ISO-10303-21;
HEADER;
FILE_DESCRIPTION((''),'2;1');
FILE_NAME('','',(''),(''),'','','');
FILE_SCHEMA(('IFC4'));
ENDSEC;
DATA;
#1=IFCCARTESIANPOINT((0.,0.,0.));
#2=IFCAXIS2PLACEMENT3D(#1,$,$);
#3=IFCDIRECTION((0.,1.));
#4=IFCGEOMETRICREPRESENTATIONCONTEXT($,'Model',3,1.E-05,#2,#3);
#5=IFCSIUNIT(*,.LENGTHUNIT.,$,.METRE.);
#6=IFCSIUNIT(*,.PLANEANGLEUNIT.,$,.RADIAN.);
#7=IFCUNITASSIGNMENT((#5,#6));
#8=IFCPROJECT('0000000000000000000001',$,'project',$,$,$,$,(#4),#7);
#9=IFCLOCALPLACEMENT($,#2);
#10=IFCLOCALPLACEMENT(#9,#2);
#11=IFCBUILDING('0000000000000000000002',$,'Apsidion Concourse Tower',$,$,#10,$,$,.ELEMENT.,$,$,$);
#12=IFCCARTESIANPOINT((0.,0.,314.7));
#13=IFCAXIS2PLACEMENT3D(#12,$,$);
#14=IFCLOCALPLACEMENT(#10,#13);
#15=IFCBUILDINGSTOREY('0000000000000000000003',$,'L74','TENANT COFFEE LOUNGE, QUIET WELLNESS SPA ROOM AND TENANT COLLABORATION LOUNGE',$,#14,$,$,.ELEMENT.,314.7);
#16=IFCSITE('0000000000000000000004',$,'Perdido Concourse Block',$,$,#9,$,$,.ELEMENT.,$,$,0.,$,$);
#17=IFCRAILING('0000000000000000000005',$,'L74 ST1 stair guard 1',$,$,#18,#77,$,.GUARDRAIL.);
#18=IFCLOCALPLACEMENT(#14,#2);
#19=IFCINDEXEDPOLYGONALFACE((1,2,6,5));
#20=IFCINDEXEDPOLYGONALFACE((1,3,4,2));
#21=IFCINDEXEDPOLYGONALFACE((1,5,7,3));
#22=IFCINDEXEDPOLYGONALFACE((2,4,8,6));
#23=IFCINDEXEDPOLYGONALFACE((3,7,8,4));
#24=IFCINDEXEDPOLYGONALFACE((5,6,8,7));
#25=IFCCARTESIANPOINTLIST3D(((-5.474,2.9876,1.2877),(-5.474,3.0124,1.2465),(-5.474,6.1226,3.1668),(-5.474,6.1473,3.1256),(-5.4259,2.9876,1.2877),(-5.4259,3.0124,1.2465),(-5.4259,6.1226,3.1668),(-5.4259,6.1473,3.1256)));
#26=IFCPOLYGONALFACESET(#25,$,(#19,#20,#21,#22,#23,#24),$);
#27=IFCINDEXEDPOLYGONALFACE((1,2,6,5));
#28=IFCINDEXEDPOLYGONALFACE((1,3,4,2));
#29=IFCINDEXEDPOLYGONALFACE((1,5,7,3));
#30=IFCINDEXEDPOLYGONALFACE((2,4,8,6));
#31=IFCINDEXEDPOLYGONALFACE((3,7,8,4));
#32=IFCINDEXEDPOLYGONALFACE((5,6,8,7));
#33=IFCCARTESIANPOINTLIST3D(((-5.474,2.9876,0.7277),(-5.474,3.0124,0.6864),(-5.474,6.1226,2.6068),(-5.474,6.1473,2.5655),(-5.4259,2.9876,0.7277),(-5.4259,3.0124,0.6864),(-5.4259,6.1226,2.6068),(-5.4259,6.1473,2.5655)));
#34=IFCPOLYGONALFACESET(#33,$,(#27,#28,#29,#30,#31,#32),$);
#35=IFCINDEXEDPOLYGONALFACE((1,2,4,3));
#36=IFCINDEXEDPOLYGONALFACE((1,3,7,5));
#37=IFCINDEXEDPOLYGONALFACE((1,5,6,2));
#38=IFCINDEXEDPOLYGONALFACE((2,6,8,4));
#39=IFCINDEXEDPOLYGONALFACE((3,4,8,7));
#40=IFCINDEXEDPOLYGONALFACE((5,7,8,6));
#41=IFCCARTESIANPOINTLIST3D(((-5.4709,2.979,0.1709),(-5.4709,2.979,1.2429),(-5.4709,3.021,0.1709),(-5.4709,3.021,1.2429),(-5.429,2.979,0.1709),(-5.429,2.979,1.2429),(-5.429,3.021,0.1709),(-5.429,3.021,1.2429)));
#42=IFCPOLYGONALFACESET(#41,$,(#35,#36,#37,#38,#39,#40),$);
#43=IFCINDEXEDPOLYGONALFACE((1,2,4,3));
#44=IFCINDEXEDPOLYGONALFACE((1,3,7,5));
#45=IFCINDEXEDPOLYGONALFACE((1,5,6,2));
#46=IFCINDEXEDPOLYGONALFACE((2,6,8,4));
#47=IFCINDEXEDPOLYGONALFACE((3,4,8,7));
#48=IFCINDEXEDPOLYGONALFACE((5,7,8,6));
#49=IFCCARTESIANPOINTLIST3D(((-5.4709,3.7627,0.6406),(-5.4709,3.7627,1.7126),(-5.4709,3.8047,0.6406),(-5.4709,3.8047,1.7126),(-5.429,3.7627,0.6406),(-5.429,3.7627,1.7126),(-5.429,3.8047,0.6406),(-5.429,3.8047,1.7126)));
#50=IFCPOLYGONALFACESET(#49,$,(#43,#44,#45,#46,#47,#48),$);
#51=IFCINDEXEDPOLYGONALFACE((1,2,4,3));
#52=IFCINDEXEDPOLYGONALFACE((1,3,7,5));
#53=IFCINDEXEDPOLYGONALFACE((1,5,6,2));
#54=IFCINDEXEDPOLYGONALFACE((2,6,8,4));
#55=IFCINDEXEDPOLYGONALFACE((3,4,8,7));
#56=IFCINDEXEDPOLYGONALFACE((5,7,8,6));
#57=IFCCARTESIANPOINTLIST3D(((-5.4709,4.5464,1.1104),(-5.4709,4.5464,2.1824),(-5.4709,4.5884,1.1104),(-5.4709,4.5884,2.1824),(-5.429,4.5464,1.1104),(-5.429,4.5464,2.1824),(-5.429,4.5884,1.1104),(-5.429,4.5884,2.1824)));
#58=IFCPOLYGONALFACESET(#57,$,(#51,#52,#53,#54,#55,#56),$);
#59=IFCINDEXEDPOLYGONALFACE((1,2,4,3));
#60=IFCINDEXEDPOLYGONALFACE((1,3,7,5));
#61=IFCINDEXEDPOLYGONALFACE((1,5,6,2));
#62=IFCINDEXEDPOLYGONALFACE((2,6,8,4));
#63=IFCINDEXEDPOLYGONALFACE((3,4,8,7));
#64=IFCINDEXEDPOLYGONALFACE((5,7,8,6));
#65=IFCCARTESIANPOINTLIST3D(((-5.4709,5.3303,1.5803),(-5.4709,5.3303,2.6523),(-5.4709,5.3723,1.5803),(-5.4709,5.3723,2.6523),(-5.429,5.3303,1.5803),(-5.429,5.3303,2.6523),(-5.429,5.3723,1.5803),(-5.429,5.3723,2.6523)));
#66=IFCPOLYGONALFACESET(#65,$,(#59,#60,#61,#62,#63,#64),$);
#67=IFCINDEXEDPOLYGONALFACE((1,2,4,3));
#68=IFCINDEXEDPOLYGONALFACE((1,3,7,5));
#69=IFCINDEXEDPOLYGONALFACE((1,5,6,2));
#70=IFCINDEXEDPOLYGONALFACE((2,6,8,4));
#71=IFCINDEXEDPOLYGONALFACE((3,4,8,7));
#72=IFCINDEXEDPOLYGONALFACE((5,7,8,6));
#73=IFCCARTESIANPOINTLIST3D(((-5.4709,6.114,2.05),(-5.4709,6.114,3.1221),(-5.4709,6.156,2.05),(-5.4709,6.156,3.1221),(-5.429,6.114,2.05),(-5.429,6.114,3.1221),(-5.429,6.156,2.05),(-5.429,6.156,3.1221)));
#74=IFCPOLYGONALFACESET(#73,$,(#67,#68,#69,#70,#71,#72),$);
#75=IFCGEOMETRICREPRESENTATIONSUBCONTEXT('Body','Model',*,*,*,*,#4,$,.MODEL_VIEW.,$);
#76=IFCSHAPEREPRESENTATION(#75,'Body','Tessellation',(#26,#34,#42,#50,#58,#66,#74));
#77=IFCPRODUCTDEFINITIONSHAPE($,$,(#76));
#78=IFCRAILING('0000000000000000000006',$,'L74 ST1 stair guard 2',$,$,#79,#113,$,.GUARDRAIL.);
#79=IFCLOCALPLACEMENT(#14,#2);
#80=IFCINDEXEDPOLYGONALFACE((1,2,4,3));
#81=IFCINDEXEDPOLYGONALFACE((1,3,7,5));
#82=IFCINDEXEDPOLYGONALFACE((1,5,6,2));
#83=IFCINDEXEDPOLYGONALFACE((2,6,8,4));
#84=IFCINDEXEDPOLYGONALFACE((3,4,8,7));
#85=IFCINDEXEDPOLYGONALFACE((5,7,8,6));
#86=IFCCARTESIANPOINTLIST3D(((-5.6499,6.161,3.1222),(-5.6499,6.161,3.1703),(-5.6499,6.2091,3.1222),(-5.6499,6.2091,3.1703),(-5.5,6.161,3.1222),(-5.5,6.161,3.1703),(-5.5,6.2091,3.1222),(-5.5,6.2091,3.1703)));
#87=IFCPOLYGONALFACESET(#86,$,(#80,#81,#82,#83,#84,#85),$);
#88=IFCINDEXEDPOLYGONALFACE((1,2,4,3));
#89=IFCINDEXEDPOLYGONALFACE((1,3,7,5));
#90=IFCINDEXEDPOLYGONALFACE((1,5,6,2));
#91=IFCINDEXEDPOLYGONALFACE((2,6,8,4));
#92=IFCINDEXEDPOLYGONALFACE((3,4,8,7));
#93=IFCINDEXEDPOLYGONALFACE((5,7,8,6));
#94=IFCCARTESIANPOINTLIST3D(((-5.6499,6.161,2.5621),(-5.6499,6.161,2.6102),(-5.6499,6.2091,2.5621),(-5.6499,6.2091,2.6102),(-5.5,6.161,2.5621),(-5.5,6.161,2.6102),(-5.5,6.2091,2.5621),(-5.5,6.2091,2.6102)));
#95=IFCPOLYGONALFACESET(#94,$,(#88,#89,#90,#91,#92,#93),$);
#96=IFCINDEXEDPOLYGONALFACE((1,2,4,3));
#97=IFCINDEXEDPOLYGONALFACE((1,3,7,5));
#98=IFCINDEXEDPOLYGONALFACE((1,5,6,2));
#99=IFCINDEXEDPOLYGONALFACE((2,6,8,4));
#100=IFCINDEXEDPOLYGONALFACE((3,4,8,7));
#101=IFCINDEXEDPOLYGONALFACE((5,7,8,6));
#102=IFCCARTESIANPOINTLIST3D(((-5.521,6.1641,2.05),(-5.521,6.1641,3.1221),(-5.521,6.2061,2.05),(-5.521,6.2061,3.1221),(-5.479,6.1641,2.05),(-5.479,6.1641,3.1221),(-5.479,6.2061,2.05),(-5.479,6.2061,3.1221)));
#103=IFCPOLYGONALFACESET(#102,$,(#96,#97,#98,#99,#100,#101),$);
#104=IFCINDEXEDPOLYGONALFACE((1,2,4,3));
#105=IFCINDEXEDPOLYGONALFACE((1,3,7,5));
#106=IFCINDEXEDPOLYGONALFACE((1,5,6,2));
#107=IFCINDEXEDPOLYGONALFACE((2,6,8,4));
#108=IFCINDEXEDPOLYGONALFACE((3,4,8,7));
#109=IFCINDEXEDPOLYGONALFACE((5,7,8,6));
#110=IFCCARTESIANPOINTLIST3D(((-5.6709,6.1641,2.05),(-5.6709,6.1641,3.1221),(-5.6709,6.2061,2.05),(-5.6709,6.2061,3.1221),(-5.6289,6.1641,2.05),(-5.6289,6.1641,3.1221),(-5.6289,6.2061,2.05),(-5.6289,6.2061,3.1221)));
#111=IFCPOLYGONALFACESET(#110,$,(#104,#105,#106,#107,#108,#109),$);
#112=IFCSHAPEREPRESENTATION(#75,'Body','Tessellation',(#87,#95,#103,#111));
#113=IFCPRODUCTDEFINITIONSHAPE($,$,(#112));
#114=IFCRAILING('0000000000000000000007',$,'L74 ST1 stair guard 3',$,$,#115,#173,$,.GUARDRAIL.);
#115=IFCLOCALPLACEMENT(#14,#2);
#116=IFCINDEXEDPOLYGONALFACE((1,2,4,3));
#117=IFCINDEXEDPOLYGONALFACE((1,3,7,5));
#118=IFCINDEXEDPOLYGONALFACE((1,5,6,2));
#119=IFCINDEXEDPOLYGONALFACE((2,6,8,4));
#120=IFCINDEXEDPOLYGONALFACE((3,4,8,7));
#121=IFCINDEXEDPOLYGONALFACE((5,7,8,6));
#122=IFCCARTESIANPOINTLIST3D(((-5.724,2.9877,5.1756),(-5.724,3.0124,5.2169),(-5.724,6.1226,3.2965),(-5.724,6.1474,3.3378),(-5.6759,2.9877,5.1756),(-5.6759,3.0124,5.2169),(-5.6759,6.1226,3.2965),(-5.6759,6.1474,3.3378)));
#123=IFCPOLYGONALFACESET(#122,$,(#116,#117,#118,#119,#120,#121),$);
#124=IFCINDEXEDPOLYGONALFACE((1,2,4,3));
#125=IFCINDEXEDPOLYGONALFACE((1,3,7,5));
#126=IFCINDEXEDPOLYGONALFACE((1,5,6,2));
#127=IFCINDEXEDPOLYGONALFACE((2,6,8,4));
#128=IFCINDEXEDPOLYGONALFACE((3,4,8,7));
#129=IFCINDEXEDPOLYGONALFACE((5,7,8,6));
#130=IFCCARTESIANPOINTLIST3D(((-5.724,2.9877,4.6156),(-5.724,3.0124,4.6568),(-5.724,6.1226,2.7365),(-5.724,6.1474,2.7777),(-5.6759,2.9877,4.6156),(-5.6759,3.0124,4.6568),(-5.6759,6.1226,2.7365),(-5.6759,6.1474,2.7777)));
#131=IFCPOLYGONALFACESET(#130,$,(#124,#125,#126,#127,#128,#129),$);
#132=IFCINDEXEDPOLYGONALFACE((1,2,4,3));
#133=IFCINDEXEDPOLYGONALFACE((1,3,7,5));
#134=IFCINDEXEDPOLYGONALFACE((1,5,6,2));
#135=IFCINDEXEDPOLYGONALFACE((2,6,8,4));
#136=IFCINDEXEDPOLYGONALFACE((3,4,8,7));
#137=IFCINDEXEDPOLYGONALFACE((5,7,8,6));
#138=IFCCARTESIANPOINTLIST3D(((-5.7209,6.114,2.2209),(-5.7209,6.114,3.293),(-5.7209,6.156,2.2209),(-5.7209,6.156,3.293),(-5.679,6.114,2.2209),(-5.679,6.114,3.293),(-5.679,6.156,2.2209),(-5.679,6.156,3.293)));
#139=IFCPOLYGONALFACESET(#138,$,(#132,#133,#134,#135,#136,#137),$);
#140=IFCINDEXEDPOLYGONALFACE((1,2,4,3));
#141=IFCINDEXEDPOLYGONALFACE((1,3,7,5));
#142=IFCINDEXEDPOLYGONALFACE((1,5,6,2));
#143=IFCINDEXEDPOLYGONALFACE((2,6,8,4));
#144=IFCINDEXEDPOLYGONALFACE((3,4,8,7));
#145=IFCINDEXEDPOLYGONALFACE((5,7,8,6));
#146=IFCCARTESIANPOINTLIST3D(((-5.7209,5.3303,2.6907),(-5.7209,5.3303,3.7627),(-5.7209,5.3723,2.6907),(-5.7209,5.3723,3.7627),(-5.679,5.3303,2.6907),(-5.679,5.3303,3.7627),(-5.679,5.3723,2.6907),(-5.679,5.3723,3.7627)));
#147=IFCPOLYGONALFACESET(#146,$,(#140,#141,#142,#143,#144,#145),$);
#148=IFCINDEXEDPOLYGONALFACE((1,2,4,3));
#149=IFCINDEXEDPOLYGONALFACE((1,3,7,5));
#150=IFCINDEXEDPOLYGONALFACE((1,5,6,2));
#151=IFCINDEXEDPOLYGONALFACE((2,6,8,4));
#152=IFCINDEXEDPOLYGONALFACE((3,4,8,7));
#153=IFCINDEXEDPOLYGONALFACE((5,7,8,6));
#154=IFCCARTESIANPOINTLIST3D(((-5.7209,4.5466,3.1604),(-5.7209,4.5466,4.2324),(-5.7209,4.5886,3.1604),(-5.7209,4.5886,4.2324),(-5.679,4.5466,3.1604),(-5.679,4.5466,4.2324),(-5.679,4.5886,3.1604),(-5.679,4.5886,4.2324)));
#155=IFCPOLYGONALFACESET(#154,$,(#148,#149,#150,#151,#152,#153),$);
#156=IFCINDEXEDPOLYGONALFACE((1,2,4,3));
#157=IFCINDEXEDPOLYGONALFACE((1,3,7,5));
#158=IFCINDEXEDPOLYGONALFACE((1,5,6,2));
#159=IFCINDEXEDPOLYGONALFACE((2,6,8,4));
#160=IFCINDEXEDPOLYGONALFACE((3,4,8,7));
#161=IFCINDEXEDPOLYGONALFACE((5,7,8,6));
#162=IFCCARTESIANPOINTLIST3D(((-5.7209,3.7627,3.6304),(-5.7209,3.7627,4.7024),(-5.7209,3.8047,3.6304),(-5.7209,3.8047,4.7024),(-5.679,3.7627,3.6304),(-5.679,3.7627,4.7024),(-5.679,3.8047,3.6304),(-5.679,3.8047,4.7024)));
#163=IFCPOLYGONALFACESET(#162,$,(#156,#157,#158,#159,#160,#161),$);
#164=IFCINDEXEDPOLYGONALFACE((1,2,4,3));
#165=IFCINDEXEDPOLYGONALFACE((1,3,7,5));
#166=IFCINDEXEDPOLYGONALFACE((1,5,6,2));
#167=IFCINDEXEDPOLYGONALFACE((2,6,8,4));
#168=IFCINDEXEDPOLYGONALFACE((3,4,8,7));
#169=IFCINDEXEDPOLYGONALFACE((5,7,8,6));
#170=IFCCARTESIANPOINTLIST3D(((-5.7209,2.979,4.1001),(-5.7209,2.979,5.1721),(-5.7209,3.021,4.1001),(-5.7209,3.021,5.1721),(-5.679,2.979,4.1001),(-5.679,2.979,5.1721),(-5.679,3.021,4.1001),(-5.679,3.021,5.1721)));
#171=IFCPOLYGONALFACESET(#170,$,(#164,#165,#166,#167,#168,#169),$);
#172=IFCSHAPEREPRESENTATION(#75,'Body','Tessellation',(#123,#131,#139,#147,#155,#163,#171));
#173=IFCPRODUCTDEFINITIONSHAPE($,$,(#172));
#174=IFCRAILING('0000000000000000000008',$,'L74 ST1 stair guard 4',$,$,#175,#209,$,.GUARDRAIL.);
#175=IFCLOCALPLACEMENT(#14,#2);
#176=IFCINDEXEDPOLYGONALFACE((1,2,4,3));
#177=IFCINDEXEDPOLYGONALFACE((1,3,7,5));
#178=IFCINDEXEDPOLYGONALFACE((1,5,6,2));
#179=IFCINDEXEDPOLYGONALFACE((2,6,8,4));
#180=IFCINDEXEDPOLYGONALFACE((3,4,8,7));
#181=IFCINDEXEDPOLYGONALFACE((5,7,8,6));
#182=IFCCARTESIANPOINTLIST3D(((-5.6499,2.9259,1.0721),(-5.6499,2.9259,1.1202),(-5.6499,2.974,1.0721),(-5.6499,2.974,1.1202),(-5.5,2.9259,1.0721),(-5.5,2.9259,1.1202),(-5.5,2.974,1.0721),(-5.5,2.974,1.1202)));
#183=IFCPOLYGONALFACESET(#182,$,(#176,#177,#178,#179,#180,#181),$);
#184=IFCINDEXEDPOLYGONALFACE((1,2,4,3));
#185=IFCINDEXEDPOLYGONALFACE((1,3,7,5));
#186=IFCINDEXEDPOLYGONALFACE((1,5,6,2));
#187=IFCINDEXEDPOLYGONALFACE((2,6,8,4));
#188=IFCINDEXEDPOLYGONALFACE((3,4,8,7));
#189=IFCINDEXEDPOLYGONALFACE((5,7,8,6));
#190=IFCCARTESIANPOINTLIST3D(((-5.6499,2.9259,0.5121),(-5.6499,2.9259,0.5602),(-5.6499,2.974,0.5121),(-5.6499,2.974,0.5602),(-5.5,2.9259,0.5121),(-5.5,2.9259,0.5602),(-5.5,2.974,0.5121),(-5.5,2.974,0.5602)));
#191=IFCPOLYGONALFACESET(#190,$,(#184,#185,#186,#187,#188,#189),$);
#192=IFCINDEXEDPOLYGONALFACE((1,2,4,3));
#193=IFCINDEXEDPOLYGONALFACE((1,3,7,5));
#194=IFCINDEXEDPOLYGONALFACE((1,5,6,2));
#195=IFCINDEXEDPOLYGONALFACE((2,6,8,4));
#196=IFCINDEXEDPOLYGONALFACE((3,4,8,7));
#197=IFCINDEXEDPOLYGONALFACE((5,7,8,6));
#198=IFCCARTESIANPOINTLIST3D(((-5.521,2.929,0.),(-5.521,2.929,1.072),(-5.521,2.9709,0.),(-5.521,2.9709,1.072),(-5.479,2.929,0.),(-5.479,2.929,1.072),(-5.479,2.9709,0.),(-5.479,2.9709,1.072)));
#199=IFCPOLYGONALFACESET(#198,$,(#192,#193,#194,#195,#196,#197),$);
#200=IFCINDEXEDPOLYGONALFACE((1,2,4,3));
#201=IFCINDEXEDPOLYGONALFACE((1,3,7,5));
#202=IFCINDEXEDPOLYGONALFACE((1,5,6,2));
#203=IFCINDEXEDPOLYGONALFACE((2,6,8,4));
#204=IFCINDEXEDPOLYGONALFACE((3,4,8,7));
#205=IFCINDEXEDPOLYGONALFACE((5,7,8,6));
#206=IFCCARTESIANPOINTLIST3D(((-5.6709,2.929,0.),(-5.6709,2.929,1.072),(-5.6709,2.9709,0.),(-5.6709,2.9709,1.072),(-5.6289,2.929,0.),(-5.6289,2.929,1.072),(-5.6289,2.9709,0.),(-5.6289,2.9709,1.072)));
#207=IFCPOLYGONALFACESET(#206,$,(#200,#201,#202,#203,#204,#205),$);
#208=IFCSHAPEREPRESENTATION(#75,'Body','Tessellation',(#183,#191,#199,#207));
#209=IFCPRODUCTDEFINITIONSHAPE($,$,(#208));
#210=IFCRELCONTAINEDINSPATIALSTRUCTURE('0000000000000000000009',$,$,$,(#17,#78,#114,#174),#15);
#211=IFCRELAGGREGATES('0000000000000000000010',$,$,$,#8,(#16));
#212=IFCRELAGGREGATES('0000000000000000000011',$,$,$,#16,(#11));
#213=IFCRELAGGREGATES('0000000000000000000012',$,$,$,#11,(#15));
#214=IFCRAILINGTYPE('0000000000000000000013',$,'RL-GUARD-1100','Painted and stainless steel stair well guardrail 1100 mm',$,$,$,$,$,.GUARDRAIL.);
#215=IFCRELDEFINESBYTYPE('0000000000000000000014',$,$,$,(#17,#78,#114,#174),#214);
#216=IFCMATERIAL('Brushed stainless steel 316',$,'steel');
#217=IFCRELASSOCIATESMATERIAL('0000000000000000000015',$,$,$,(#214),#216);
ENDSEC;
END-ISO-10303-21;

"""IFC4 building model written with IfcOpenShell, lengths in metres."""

from ifc_helpers import new_model, si_unit, direction, frame, origin, origin_2d, place, context, subcontext, project, spatial, rectangle, extrude, material, type_object, element, save


model = new_model("IFC4")

# Units and contexts
model_context = context("Model", 3, precision=1e-05, world=origin(), true_north=direction((0.0, 1.0)))
body_context = subcontext(model_context, "Body", "Model", "MODEL_VIEW")
ifc_project = project(units=[si_unit("LENGTHUNIT", "METRE"), si_unit("PLANEANGLEUNIT", "RADIAN")], contexts=[model_context])

# Site, building, storey
site_placement = place(None, origin())
site = spatial("IfcSite", under=ifc_project, at=site_placement, Name="Perdido Concourse Block", CompositionType="ELEMENT", RefElevation=0.0)
building_placement = place(site_placement, origin())
building = spatial("IfcBuilding", under=site, at=building_placement, Name="Apsidion Concourse Tower", CompositionType="ELEMENT")
storey_placement = place(building_placement, frame((0.0, 0.0, 314.7)))
storey = spatial("IfcBuildingStorey", under=building, at=storey_placement, Name="L74", Description="TENANT COFFEE LOUNGE, QUIET WELLNESS SPA ROOM AND TENANT COLLABORATION LOUNGE", CompositionType="ELEMENT", Elevation=314.7)

# Shared definitions
ifc_material_1 = material(Name="Brushed stainless steel 316", Category="steel")

# Railings
railing_type_1 = type_object("IfcRailingType", Name="RL-GUARD-1100", Description="Painted and stainless steel stair well guardrail 1100 mm", PredefinedType="GUARDRAIL", material=ifc_material_1)
railing_1_placement = place(storey_placement, frame((-5.45, 3.0, 0.1709)))
element("IfcRailing", 1, at=railing_1_placement, inside=storey, type_object=railing_type_1, Name="L74 ST1 stair guard 1", PredefinedType="GUARDRAIL", context=body_context, shape_type="SweptSolid", body=[
    extrude(rectangle(XDim=0.0481, YDim=0.0481, at=origin_2d()), frame((0.0, 0.0, 1.0962), z_axis=(0.0, 0.857717, 0.514122), x_axis=(-1.0, 0.0, 0.0)), (0.0, 0.0, 1.0), 3.655),
    extrude(rectangle(XDim=0.0481, YDim=0.0481, at=origin_2d()), frame((0.0, 0.0, 0.5361), z_axis=(0.0, 0.857717, 0.514122), x_axis=(-1.0, 0.0, 0.0)), (0.0, 0.0, 1.0), 3.655),
    extrude(rectangle(XDim=0.042, YDim=0.042, at=origin_2d()), origin(), (0.0, 0.0, 1.0), 1.072),
    extrude(rectangle(XDim=0.042, YDim=0.042, at=origin_2d()), frame((0.0, 0.7837, 0.4697)), (0.0, 0.0, 1.0), 1.072),
    extrude(rectangle(XDim=0.042, YDim=0.042, at=origin_2d()), frame((0.0, 1.5674, 0.9395)), (0.0, 0.0, 1.0), 1.072),
    extrude(rectangle(XDim=0.042, YDim=0.042, at=origin_2d()), frame((0.0, 2.3513, 1.4094)), (0.0, 0.0, 1.0), 1.072),
    extrude(rectangle(XDim=0.042, YDim=0.042, at=origin_2d()), frame((0.0, 3.135, 1.8792)), (0.0, 0.0, 1.0), 1.072),
])
railing_2_placement = place(storey_placement, frame((-5.5, 6.1851, 2.05)))
element("IfcRailing", 2, at=railing_2_placement, inside=storey, type_object=railing_type_1, Name="L74 ST1 stair guard 2", PredefinedType="GUARDRAIL", context=body_context, shape_type="SweptSolid", body=[
    extrude(rectangle(XDim=0.0481, YDim=0.0481, at=origin_2d()), frame((0.0, 0.0, 1.0962), z_axis=(-1.0, 0.0, 0.0), x_axis=(0.0, -1.0, 0.0)), (0.0, 0.0, 1.0), 0.1499),
    extrude(rectangle(XDim=0.0481, YDim=0.0481, at=origin_2d()), frame((0.0, 0.0, 0.5361), z_axis=(-1.0, 0.0, 0.0), x_axis=(0.0, -1.0, 0.0)), (0.0, 0.0, 1.0), 0.1499),
    extrude(rectangle(XDim=0.042, YDim=0.042, at=origin_2d()), origin(), (0.0, 0.0, 1.0), 1.072),
    extrude(rectangle(XDim=0.042, YDim=0.042, at=origin_2d()), frame((-0.1499, 0.0, 0.0)), (0.0, 0.0, 1.0), 1.072),
])
railing_3_placement = place(storey_placement, frame((-5.7, 6.135, 2.2209)))
element("IfcRailing", 3, at=railing_3_placement, inside=storey, type_object=railing_type_1, Name="L74 ST1 stair guard 3", PredefinedType="GUARDRAIL", context=body_context, shape_type="SweptSolid", body=[
    extrude(rectangle(XDim=0.0481, YDim=0.0481, at=origin_2d()), frame((0.0, 0.0, 1.0962), z_axis=(0.0, -0.857717, 0.514122), x_axis=(1.0, 0.0, 0.0)), (0.0, 0.0, 1.0), 3.655),
    extrude(rectangle(XDim=0.0481, YDim=0.0481, at=origin_2d()), frame((0.0, 0.0, 0.5361), z_axis=(0.0, -0.857717, 0.514122), x_axis=(1.0, 0.0, 0.0)), (0.0, 0.0, 1.0), 3.655),
    extrude(rectangle(XDim=0.042, YDim=0.042, at=origin_2d()), origin(), (0.0, 0.0, 1.0), 1.072),
    extrude(rectangle(XDim=0.042, YDim=0.042, at=origin_2d()), frame((0.0, -0.7837, 0.4697)), (0.0, 0.0, 1.0), 1.072),
    extrude(rectangle(XDim=0.042, YDim=0.042, at=origin_2d()), frame((0.0, -1.5674, 0.9395)), (0.0, 0.0, 1.0), 1.072),
    extrude(rectangle(XDim=0.042, YDim=0.042, at=origin_2d()), frame((0.0, -2.3513, 1.4094)), (0.0, 0.0, 1.0), 1.072),
    extrude(rectangle(XDim=0.042, YDim=0.042, at=origin_2d()), frame((0.0, -3.135, 1.8792)), (0.0, 0.0, 1.0), 1.072),
])
railing_4_placement = place(storey_placement, frame((-5.5, 2.95, 0.0)))
element("IfcRailing", 4, at=railing_4_placement, inside=storey, type_object=railing_type_1, Name="L74 ST1 stair guard 4", PredefinedType="GUARDRAIL", context=body_context, shape_type="SweptSolid", body=[
    extrude(rectangle(XDim=0.0481, YDim=0.0481, at=origin_2d()), frame((0.0, 0.0, 1.0962), z_axis=(-1.0, 0.0, 0.0), x_axis=(0.0, -1.0, 0.0)), (0.0, 0.0, 1.0), 0.1499),
    extrude(rectangle(XDim=0.0481, YDim=0.0481, at=origin_2d()), frame((0.0, 0.0, 0.5361), z_axis=(-1.0, 0.0, 0.0), x_axis=(0.0, -1.0, 0.0)), (0.0, 0.0, 1.0), 0.1499),
    extrude(rectangle(XDim=0.042, YDim=0.042, at=origin_2d()), origin(), (0.0, 0.0, 1.0), 1.072),
    extrude(rectangle(XDim=0.042, YDim=0.042, at=origin_2d()), frame((-0.1499, 0.0, 0.0)), (0.0, 0.0, 1.0), 1.072),
])

save(model, "model.ifc")
